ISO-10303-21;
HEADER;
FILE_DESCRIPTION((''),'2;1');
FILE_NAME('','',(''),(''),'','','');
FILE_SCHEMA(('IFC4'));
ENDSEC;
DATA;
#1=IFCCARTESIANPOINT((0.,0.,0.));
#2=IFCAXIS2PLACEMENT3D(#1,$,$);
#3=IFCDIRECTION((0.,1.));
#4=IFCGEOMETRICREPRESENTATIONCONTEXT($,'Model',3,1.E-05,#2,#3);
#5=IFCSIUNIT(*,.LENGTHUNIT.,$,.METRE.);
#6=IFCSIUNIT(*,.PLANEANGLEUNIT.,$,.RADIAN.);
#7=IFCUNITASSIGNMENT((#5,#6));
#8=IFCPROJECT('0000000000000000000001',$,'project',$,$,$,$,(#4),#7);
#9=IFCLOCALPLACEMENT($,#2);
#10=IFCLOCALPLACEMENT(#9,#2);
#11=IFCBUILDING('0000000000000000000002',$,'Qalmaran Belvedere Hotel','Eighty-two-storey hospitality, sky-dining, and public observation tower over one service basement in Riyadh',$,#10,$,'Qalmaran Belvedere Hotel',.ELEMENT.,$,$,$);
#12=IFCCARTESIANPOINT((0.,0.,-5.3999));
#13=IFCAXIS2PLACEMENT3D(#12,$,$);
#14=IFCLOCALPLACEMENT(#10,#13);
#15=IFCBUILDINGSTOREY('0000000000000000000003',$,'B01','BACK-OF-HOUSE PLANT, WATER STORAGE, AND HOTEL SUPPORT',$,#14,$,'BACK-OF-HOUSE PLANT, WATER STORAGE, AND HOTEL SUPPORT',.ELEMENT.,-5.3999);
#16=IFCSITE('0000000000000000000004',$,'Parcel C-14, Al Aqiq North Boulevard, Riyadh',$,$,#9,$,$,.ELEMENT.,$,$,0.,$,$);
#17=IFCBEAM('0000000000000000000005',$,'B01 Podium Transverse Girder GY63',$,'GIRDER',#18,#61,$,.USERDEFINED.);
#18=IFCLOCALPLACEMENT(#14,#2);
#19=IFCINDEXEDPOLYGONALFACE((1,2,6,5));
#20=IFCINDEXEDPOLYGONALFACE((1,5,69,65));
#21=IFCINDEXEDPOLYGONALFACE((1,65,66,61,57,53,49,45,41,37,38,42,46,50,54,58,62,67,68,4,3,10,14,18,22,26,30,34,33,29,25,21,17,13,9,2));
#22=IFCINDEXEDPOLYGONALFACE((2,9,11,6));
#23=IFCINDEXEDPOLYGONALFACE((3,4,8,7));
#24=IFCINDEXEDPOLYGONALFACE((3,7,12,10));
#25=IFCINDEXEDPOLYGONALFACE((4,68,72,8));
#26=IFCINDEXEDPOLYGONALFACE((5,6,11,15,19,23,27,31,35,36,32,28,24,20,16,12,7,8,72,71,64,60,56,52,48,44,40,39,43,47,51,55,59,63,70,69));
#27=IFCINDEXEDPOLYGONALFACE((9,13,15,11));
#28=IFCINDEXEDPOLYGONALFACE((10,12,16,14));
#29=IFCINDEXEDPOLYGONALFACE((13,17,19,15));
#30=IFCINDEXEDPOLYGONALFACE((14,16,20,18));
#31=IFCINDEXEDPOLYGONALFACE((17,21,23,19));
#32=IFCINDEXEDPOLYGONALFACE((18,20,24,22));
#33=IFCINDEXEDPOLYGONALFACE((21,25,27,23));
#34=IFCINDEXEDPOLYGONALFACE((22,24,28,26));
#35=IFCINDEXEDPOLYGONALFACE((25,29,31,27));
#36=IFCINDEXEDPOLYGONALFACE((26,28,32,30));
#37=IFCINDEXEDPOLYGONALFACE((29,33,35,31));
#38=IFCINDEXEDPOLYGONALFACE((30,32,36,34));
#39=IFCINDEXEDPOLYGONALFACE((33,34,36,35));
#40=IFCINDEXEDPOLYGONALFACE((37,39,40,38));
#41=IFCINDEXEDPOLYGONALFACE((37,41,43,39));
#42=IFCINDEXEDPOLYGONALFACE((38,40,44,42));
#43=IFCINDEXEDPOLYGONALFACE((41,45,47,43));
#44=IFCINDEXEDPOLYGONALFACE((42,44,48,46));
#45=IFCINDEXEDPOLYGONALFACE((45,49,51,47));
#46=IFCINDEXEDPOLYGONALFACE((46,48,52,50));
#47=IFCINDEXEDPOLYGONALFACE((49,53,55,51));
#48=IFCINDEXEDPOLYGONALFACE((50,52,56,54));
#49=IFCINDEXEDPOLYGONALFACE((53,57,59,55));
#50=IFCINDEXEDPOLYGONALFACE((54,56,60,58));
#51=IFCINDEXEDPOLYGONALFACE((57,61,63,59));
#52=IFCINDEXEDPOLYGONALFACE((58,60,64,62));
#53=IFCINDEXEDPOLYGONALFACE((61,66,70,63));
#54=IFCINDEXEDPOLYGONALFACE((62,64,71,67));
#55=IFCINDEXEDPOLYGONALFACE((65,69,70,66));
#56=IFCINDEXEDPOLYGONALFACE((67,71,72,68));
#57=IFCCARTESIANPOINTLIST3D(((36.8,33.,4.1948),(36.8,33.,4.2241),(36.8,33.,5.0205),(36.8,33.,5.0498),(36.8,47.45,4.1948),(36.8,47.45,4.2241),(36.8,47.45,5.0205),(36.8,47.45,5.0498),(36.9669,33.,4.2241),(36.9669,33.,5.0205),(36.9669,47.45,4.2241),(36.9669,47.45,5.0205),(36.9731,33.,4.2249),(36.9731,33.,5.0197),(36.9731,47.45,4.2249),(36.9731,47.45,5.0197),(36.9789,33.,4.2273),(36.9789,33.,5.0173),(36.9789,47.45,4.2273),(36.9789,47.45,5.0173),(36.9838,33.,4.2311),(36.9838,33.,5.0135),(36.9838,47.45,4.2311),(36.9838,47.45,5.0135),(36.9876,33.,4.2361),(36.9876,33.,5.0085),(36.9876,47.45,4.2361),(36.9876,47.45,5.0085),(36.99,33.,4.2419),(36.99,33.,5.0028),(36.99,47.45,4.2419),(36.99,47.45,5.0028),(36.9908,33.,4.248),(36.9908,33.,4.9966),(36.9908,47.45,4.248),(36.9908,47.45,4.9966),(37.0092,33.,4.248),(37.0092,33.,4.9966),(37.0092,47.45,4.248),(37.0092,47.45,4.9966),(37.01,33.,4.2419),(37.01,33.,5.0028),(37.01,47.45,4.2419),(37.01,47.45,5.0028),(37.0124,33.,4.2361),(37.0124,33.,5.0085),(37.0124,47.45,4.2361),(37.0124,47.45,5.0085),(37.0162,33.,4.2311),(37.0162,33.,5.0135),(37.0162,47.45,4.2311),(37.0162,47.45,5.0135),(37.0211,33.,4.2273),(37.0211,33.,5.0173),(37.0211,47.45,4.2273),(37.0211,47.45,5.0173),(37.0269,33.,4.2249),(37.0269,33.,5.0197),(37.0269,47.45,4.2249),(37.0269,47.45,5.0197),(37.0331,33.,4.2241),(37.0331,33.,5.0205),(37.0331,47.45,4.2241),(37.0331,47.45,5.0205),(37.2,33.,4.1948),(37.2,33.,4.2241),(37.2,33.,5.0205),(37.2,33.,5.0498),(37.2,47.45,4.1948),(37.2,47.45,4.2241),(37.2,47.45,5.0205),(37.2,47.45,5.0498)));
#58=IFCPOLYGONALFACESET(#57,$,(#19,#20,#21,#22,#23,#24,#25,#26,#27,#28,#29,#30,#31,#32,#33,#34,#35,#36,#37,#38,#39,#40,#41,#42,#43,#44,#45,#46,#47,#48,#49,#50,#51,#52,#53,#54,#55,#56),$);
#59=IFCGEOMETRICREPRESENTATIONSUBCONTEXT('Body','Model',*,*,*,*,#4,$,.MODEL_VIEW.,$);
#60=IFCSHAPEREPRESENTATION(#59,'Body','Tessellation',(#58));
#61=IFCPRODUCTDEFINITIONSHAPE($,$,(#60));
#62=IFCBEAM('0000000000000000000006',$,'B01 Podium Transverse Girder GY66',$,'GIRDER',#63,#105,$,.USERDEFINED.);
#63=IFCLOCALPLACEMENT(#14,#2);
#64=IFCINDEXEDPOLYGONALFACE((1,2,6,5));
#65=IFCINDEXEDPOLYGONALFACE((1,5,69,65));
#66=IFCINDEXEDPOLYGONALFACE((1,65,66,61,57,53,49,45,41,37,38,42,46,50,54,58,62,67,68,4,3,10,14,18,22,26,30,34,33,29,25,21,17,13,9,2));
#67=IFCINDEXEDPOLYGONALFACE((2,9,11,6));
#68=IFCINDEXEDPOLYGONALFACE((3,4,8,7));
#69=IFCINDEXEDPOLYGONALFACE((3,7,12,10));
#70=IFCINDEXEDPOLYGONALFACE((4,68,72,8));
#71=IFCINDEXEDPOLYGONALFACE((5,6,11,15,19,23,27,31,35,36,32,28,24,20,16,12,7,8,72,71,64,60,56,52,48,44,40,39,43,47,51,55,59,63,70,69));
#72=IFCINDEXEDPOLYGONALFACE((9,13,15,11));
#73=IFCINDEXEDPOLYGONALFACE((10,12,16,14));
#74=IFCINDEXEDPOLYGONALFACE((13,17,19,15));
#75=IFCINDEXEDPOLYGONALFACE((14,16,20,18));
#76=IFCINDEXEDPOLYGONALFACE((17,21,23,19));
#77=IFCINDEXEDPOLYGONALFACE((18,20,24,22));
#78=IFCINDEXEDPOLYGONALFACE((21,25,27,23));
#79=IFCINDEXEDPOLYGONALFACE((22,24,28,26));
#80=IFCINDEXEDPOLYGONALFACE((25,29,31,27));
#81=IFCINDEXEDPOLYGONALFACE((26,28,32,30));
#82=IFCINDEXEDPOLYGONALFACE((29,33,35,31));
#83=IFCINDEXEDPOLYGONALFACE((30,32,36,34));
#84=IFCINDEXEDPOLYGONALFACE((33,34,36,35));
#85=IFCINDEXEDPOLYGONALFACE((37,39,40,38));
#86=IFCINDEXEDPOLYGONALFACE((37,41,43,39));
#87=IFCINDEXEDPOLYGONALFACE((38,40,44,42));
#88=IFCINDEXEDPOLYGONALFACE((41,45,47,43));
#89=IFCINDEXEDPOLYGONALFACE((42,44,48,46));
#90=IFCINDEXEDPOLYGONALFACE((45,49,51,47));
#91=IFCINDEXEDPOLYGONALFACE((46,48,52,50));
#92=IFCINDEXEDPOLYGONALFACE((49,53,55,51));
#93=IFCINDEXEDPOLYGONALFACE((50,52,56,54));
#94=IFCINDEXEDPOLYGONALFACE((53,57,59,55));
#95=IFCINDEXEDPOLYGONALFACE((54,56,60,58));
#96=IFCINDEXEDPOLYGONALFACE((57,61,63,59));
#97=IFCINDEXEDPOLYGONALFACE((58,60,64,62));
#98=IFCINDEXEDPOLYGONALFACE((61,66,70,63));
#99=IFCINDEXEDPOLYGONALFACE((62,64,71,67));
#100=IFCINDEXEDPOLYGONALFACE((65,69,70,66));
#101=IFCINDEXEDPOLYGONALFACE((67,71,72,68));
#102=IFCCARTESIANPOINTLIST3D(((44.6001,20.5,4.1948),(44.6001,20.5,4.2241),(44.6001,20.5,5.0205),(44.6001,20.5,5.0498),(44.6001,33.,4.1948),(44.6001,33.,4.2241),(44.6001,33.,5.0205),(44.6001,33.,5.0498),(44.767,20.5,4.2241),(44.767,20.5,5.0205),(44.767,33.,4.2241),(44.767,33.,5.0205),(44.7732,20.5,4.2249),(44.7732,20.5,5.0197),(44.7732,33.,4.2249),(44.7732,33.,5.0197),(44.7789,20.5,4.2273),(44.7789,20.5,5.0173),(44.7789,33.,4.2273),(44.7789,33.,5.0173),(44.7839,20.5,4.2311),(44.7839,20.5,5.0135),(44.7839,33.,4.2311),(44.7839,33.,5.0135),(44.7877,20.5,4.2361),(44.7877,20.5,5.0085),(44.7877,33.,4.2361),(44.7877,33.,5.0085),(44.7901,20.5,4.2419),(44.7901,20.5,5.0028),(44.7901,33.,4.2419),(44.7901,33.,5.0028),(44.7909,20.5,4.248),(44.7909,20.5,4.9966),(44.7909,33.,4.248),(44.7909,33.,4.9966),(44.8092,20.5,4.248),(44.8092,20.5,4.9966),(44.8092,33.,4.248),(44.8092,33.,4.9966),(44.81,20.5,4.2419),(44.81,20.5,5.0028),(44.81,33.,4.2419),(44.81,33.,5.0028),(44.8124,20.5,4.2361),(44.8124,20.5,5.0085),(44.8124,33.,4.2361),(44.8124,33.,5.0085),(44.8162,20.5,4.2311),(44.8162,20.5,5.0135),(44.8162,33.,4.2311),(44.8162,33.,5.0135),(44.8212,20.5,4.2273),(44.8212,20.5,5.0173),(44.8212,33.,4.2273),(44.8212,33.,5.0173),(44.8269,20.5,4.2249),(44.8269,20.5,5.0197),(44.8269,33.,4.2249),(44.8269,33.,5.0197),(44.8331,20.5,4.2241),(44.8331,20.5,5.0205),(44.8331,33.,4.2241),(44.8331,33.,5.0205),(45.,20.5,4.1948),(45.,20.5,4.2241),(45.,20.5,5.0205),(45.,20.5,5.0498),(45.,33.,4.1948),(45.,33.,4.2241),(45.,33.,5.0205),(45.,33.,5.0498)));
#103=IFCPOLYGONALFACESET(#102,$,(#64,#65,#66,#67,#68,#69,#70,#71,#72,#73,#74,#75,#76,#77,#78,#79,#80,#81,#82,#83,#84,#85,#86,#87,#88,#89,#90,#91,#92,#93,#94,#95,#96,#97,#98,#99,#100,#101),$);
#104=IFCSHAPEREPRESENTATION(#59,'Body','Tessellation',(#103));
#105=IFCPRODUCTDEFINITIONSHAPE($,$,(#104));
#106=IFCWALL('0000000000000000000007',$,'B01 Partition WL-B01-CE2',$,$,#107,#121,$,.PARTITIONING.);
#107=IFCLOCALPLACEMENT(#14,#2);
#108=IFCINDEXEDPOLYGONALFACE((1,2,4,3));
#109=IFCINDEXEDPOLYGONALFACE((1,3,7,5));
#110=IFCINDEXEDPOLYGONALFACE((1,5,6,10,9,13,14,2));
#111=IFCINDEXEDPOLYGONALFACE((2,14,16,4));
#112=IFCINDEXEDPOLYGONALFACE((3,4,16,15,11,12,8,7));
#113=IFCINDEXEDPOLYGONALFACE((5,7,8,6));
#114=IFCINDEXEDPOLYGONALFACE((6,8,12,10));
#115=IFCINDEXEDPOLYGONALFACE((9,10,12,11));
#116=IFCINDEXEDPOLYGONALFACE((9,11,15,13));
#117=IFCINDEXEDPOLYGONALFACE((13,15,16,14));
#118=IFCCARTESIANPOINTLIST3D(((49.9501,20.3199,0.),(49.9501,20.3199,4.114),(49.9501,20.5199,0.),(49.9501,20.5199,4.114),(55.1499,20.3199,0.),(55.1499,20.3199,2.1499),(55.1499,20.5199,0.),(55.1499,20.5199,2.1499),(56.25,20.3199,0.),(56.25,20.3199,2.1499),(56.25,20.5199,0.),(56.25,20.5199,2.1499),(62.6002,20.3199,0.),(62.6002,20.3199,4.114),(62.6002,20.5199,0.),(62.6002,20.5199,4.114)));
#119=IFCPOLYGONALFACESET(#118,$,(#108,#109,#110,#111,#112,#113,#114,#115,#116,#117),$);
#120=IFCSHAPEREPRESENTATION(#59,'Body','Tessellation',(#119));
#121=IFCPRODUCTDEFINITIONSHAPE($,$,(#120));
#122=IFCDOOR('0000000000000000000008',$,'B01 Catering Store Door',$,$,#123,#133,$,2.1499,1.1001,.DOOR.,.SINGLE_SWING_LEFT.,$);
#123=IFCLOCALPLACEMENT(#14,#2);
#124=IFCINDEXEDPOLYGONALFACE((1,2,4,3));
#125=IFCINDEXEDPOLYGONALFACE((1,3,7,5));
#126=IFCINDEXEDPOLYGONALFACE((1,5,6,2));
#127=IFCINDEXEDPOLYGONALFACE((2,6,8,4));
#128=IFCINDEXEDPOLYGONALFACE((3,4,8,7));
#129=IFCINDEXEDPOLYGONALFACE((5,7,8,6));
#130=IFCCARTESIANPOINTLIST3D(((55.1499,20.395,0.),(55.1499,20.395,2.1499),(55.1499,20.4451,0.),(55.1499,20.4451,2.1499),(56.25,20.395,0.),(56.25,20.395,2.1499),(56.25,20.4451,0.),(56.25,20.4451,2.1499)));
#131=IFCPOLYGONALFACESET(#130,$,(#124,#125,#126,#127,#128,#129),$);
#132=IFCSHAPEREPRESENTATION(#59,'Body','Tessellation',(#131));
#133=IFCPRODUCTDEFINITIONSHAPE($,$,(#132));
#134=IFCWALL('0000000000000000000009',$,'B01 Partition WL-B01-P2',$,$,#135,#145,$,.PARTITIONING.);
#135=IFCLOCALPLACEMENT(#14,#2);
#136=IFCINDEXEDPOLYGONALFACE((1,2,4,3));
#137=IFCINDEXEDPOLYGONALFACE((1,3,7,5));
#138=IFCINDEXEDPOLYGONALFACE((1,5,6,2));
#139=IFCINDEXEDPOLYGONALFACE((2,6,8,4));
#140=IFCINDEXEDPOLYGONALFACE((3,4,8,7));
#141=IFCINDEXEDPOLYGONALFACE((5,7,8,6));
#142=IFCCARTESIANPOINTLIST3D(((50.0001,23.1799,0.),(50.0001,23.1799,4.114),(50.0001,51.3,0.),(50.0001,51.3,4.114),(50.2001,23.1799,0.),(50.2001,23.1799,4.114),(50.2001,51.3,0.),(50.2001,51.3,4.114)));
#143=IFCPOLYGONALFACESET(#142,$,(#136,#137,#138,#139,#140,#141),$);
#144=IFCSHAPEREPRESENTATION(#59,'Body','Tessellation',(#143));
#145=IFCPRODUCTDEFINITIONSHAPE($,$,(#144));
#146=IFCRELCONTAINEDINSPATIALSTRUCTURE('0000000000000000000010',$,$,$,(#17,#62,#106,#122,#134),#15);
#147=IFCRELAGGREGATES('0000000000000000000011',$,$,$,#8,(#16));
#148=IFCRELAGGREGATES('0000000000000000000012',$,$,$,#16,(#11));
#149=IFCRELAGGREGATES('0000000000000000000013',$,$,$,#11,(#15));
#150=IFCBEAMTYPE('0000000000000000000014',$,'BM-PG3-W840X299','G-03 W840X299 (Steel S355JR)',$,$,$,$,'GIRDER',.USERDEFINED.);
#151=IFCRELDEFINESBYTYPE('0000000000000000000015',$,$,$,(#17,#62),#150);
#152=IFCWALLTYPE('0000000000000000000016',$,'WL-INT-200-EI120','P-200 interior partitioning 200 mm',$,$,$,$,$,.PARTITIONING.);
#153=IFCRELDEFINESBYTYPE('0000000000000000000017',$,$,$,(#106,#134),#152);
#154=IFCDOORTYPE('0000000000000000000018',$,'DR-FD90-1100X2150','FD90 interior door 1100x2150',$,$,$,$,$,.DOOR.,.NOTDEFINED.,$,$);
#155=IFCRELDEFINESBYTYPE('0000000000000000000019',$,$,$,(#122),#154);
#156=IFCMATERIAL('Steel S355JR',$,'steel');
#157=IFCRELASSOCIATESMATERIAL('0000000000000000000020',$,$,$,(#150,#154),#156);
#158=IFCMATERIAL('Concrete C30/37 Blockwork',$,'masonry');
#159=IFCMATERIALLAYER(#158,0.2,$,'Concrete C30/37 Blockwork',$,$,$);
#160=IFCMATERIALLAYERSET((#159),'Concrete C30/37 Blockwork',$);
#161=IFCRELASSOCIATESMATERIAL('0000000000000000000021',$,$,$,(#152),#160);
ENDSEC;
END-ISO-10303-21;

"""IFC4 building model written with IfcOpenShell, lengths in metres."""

from ifc_helpers import new_model, si_unit, direction, frame, frame_2d, origin, origin_2d, place, context, subcontext, project, spatial, rectangle, i_section, extrude, material, layer, layer_set, material_profile, profile_set, type_object, element, fill, save


model = new_model("IFC4")

# Units and contexts
model_context = context("Model", 3, precision=1e-05, world=origin(), true_north=direction((0.0, 1.0)))
body_context = subcontext(model_context, "Body", "Model", "MODEL_VIEW")
ifc_project = project(units=[si_unit("LENGTHUNIT", "METRE"), si_unit("PLANEANGLEUNIT", "RADIAN")], contexts=[model_context])

# Site, building, storey
site_placement = place(None, origin())
site = spatial("IfcSite", under=ifc_project, at=site_placement, Name="Parcel C-14, Al Aqiq North Boulevard, Riyadh", CompositionType="ELEMENT", RefElevation=0.0)
building_placement = place(site_placement, origin())
building = spatial("IfcBuilding", under=site, at=building_placement, Name="Qalmaran Belvedere Hotel", Description="Eighty-two-storey hospitality, sky-dining, and public observation tower over one service basement in Riyadh", LongName="Qalmaran Belvedere Hotel", CompositionType="ELEMENT")
storey_placement = place(building_placement, frame((0.0, 0.0, -5.3999)))
storey = spatial("IfcBuildingStorey", under=building, at=storey_placement, Name="B01", Description="BACK-OF-HOUSE PLANT, WATER STORAGE, AND HOTEL SUPPORT", LongName="BACK-OF-HOUSE PLANT, WATER STORAGE, AND HOTEL SUPPORT", CompositionType="ELEMENT", Elevation=-5.3999)

# Beams
ifc_material_1 = material(Name="Steel S355JR", Category="steel")
ifc_material_profile_1 = material_profile(ifc_material_1, i_section(OverallWidth=0.3999, OverallDepth=0.855, WebThickness=0.0183, FlangeThickness=0.0293, FilletRadius=0.0239, at=origin_2d()), Name="W840X299")
ifc_profile_set_1 = profile_set([ifc_material_profile_1], Name="Steel S355JR")
beam_type_1 = type_object("IfcBeamType", Name="BM-PG3-W840X299", Description="G-03 W840X299 (Steel S355JR)", ElementType="GIRDER", PredefinedType="USERDEFINED", material=ifc_profile_set_1)
beam_1_placement = place(storey_placement, frame((37.0, 33.0, 4.6223), z_axis=(0.0, 1.0, 0.0), x_axis=(-1.0, 0.0, 0.0)))
element("IfcBeam", 1, at=beam_1_placement, inside=storey, type_object=beam_type_1, Name="B01 Podium Transverse Girder GY63", ObjectType="GIRDER", PredefinedType="USERDEFINED", context=body_context, shape_type="SweptSolid", body=[
    extrude(i_section(OverallWidth=0.3999, OverallDepth=0.855, WebThickness=0.0183, FlangeThickness=0.0293, FilletRadius=0.0239, at=origin_2d()), origin(), (0.0, 0.0, 1.0), 14.45),
])
beam_2_placement = place(storey_placement, frame((44.8, 20.5, 4.6223), z_axis=(0.0, 1.0, 0.0), x_axis=(-1.0, 0.0, 0.0)))
element("IfcBeam", 2, at=beam_2_placement, inside=storey, type_object=beam_type_1, Name="B01 Podium Transverse Girder GY66", ObjectType="GIRDER", PredefinedType="USERDEFINED", context=body_context, shape_type="SweptSolid", body=[
    extrude(i_section(OverallWidth=0.3999, OverallDepth=0.855, WebThickness=0.0183, FlangeThickness=0.0293, FilletRadius=0.0239, at=origin_2d()), origin(), (0.0, 0.0, 1.0), 12.5),
])

# Wall, opening, door
ifc_material_2 = material(Name="Concrete C30/37 Blockwork", Category="masonry")
ifc_layer = layer(ifc_material_2, 0.2, Name="Concrete C30/37 Blockwork")
ifc_layer_set = layer_set([ifc_layer], Name="Concrete C30/37 Blockwork")
wall_type = type_object("IfcWallType", Name="WL-INT-200-EI120", Description="P-200 interior partitioning 200 mm", PredefinedType="PARTITIONING", material=ifc_layer_set)
wall_1_placement = place(storey_placement, frame((49.95, 20.4199, 0.0), z_axis=(0.0, 0.0, 1.0), x_axis=(1.0, 0.0, 0.0)))
wall_1 = element("IfcWall", 3, at=wall_1_placement, inside=storey, type_object=wall_type, Name="B01 Partition WL-B01-CE2", PredefinedType="PARTITIONING", context=body_context, shape_type="SweptSolid", body=[
    extrude(rectangle(XDim=12.6501, YDim=0.2, at=frame_2d((6.3252, 0.0))), origin(), (0.0, 0.0, 1.0), 4.114),
])
opening_placement = place(wall_1_placement, frame((6.3, 0.0, 0.0), z_axis=(0.0, 0.0, 1.0), x_axis=(-1.0, 0.0, 0.0)))
opening = element("IfcOpeningElement", 4, at=opening_placement, cuts=wall_1, PredefinedType="OPENING", context=body_context, shape_type="SweptSolid", body=[
    extrude(rectangle(XDim=1.1001, YDim=2.1499, at=frame_2d((0.55, 1.075))), frame((0.0, 0.1099, 0.0), z_axis=(0.0, -1.0, 0.0), x_axis=(1.0, 0.0, 0.0)), (0.0, 0.0, 1.0), 0.22),
])
door_type = type_object("IfcDoorType", Name="DR-FD90-1100X2150", Description="FD90 interior door 1100x2150", OperationType="NOTDEFINED", PredefinedType="DOOR", material=ifc_material_1)
door_placement = place(opening_placement, origin())
door = element("IfcDoor", 5, at=door_placement, inside=storey, type_object=door_type, Name="B01 Catering Store Door", OperationType="SINGLE_SWING_LEFT", OverallHeight=2.1499, OverallWidth=1.1001, PredefinedType="DOOR", context=body_context, shape_type="SweptSolid", body=[
    extrude(rectangle(XDim=1.1001, YDim=2.1499, at=frame_2d((0.55, 1.075))), frame((0.0, 0.0249, 0.0), z_axis=(0.0, -1.0, 0.0), x_axis=(1.0, 0.0, 0.0)), (0.0, 0.0, 1.0), 0.05),
])
fill(opening, door)

# Wall
wall_2_placement = place(storey_placement, frame((50.1001, 23.1799, 0.0), z_axis=(0.0, 0.0, 1.0), x_axis=(0.0, 1.0, 0.0)))
element("IfcWall", 6, at=wall_2_placement, inside=storey, type_object=wall_type, Name="B01 Partition WL-B01-P2", PredefinedType="PARTITIONING", context=body_context, shape_type="SweptSolid", body=[
    extrude(rectangle(XDim=28.1201, YDim=0.2, at=frame_2d((14.0601, 0.0))), origin(), (0.0, 0.0, 1.0), 4.114),
])

save(model, "model.ifc")
